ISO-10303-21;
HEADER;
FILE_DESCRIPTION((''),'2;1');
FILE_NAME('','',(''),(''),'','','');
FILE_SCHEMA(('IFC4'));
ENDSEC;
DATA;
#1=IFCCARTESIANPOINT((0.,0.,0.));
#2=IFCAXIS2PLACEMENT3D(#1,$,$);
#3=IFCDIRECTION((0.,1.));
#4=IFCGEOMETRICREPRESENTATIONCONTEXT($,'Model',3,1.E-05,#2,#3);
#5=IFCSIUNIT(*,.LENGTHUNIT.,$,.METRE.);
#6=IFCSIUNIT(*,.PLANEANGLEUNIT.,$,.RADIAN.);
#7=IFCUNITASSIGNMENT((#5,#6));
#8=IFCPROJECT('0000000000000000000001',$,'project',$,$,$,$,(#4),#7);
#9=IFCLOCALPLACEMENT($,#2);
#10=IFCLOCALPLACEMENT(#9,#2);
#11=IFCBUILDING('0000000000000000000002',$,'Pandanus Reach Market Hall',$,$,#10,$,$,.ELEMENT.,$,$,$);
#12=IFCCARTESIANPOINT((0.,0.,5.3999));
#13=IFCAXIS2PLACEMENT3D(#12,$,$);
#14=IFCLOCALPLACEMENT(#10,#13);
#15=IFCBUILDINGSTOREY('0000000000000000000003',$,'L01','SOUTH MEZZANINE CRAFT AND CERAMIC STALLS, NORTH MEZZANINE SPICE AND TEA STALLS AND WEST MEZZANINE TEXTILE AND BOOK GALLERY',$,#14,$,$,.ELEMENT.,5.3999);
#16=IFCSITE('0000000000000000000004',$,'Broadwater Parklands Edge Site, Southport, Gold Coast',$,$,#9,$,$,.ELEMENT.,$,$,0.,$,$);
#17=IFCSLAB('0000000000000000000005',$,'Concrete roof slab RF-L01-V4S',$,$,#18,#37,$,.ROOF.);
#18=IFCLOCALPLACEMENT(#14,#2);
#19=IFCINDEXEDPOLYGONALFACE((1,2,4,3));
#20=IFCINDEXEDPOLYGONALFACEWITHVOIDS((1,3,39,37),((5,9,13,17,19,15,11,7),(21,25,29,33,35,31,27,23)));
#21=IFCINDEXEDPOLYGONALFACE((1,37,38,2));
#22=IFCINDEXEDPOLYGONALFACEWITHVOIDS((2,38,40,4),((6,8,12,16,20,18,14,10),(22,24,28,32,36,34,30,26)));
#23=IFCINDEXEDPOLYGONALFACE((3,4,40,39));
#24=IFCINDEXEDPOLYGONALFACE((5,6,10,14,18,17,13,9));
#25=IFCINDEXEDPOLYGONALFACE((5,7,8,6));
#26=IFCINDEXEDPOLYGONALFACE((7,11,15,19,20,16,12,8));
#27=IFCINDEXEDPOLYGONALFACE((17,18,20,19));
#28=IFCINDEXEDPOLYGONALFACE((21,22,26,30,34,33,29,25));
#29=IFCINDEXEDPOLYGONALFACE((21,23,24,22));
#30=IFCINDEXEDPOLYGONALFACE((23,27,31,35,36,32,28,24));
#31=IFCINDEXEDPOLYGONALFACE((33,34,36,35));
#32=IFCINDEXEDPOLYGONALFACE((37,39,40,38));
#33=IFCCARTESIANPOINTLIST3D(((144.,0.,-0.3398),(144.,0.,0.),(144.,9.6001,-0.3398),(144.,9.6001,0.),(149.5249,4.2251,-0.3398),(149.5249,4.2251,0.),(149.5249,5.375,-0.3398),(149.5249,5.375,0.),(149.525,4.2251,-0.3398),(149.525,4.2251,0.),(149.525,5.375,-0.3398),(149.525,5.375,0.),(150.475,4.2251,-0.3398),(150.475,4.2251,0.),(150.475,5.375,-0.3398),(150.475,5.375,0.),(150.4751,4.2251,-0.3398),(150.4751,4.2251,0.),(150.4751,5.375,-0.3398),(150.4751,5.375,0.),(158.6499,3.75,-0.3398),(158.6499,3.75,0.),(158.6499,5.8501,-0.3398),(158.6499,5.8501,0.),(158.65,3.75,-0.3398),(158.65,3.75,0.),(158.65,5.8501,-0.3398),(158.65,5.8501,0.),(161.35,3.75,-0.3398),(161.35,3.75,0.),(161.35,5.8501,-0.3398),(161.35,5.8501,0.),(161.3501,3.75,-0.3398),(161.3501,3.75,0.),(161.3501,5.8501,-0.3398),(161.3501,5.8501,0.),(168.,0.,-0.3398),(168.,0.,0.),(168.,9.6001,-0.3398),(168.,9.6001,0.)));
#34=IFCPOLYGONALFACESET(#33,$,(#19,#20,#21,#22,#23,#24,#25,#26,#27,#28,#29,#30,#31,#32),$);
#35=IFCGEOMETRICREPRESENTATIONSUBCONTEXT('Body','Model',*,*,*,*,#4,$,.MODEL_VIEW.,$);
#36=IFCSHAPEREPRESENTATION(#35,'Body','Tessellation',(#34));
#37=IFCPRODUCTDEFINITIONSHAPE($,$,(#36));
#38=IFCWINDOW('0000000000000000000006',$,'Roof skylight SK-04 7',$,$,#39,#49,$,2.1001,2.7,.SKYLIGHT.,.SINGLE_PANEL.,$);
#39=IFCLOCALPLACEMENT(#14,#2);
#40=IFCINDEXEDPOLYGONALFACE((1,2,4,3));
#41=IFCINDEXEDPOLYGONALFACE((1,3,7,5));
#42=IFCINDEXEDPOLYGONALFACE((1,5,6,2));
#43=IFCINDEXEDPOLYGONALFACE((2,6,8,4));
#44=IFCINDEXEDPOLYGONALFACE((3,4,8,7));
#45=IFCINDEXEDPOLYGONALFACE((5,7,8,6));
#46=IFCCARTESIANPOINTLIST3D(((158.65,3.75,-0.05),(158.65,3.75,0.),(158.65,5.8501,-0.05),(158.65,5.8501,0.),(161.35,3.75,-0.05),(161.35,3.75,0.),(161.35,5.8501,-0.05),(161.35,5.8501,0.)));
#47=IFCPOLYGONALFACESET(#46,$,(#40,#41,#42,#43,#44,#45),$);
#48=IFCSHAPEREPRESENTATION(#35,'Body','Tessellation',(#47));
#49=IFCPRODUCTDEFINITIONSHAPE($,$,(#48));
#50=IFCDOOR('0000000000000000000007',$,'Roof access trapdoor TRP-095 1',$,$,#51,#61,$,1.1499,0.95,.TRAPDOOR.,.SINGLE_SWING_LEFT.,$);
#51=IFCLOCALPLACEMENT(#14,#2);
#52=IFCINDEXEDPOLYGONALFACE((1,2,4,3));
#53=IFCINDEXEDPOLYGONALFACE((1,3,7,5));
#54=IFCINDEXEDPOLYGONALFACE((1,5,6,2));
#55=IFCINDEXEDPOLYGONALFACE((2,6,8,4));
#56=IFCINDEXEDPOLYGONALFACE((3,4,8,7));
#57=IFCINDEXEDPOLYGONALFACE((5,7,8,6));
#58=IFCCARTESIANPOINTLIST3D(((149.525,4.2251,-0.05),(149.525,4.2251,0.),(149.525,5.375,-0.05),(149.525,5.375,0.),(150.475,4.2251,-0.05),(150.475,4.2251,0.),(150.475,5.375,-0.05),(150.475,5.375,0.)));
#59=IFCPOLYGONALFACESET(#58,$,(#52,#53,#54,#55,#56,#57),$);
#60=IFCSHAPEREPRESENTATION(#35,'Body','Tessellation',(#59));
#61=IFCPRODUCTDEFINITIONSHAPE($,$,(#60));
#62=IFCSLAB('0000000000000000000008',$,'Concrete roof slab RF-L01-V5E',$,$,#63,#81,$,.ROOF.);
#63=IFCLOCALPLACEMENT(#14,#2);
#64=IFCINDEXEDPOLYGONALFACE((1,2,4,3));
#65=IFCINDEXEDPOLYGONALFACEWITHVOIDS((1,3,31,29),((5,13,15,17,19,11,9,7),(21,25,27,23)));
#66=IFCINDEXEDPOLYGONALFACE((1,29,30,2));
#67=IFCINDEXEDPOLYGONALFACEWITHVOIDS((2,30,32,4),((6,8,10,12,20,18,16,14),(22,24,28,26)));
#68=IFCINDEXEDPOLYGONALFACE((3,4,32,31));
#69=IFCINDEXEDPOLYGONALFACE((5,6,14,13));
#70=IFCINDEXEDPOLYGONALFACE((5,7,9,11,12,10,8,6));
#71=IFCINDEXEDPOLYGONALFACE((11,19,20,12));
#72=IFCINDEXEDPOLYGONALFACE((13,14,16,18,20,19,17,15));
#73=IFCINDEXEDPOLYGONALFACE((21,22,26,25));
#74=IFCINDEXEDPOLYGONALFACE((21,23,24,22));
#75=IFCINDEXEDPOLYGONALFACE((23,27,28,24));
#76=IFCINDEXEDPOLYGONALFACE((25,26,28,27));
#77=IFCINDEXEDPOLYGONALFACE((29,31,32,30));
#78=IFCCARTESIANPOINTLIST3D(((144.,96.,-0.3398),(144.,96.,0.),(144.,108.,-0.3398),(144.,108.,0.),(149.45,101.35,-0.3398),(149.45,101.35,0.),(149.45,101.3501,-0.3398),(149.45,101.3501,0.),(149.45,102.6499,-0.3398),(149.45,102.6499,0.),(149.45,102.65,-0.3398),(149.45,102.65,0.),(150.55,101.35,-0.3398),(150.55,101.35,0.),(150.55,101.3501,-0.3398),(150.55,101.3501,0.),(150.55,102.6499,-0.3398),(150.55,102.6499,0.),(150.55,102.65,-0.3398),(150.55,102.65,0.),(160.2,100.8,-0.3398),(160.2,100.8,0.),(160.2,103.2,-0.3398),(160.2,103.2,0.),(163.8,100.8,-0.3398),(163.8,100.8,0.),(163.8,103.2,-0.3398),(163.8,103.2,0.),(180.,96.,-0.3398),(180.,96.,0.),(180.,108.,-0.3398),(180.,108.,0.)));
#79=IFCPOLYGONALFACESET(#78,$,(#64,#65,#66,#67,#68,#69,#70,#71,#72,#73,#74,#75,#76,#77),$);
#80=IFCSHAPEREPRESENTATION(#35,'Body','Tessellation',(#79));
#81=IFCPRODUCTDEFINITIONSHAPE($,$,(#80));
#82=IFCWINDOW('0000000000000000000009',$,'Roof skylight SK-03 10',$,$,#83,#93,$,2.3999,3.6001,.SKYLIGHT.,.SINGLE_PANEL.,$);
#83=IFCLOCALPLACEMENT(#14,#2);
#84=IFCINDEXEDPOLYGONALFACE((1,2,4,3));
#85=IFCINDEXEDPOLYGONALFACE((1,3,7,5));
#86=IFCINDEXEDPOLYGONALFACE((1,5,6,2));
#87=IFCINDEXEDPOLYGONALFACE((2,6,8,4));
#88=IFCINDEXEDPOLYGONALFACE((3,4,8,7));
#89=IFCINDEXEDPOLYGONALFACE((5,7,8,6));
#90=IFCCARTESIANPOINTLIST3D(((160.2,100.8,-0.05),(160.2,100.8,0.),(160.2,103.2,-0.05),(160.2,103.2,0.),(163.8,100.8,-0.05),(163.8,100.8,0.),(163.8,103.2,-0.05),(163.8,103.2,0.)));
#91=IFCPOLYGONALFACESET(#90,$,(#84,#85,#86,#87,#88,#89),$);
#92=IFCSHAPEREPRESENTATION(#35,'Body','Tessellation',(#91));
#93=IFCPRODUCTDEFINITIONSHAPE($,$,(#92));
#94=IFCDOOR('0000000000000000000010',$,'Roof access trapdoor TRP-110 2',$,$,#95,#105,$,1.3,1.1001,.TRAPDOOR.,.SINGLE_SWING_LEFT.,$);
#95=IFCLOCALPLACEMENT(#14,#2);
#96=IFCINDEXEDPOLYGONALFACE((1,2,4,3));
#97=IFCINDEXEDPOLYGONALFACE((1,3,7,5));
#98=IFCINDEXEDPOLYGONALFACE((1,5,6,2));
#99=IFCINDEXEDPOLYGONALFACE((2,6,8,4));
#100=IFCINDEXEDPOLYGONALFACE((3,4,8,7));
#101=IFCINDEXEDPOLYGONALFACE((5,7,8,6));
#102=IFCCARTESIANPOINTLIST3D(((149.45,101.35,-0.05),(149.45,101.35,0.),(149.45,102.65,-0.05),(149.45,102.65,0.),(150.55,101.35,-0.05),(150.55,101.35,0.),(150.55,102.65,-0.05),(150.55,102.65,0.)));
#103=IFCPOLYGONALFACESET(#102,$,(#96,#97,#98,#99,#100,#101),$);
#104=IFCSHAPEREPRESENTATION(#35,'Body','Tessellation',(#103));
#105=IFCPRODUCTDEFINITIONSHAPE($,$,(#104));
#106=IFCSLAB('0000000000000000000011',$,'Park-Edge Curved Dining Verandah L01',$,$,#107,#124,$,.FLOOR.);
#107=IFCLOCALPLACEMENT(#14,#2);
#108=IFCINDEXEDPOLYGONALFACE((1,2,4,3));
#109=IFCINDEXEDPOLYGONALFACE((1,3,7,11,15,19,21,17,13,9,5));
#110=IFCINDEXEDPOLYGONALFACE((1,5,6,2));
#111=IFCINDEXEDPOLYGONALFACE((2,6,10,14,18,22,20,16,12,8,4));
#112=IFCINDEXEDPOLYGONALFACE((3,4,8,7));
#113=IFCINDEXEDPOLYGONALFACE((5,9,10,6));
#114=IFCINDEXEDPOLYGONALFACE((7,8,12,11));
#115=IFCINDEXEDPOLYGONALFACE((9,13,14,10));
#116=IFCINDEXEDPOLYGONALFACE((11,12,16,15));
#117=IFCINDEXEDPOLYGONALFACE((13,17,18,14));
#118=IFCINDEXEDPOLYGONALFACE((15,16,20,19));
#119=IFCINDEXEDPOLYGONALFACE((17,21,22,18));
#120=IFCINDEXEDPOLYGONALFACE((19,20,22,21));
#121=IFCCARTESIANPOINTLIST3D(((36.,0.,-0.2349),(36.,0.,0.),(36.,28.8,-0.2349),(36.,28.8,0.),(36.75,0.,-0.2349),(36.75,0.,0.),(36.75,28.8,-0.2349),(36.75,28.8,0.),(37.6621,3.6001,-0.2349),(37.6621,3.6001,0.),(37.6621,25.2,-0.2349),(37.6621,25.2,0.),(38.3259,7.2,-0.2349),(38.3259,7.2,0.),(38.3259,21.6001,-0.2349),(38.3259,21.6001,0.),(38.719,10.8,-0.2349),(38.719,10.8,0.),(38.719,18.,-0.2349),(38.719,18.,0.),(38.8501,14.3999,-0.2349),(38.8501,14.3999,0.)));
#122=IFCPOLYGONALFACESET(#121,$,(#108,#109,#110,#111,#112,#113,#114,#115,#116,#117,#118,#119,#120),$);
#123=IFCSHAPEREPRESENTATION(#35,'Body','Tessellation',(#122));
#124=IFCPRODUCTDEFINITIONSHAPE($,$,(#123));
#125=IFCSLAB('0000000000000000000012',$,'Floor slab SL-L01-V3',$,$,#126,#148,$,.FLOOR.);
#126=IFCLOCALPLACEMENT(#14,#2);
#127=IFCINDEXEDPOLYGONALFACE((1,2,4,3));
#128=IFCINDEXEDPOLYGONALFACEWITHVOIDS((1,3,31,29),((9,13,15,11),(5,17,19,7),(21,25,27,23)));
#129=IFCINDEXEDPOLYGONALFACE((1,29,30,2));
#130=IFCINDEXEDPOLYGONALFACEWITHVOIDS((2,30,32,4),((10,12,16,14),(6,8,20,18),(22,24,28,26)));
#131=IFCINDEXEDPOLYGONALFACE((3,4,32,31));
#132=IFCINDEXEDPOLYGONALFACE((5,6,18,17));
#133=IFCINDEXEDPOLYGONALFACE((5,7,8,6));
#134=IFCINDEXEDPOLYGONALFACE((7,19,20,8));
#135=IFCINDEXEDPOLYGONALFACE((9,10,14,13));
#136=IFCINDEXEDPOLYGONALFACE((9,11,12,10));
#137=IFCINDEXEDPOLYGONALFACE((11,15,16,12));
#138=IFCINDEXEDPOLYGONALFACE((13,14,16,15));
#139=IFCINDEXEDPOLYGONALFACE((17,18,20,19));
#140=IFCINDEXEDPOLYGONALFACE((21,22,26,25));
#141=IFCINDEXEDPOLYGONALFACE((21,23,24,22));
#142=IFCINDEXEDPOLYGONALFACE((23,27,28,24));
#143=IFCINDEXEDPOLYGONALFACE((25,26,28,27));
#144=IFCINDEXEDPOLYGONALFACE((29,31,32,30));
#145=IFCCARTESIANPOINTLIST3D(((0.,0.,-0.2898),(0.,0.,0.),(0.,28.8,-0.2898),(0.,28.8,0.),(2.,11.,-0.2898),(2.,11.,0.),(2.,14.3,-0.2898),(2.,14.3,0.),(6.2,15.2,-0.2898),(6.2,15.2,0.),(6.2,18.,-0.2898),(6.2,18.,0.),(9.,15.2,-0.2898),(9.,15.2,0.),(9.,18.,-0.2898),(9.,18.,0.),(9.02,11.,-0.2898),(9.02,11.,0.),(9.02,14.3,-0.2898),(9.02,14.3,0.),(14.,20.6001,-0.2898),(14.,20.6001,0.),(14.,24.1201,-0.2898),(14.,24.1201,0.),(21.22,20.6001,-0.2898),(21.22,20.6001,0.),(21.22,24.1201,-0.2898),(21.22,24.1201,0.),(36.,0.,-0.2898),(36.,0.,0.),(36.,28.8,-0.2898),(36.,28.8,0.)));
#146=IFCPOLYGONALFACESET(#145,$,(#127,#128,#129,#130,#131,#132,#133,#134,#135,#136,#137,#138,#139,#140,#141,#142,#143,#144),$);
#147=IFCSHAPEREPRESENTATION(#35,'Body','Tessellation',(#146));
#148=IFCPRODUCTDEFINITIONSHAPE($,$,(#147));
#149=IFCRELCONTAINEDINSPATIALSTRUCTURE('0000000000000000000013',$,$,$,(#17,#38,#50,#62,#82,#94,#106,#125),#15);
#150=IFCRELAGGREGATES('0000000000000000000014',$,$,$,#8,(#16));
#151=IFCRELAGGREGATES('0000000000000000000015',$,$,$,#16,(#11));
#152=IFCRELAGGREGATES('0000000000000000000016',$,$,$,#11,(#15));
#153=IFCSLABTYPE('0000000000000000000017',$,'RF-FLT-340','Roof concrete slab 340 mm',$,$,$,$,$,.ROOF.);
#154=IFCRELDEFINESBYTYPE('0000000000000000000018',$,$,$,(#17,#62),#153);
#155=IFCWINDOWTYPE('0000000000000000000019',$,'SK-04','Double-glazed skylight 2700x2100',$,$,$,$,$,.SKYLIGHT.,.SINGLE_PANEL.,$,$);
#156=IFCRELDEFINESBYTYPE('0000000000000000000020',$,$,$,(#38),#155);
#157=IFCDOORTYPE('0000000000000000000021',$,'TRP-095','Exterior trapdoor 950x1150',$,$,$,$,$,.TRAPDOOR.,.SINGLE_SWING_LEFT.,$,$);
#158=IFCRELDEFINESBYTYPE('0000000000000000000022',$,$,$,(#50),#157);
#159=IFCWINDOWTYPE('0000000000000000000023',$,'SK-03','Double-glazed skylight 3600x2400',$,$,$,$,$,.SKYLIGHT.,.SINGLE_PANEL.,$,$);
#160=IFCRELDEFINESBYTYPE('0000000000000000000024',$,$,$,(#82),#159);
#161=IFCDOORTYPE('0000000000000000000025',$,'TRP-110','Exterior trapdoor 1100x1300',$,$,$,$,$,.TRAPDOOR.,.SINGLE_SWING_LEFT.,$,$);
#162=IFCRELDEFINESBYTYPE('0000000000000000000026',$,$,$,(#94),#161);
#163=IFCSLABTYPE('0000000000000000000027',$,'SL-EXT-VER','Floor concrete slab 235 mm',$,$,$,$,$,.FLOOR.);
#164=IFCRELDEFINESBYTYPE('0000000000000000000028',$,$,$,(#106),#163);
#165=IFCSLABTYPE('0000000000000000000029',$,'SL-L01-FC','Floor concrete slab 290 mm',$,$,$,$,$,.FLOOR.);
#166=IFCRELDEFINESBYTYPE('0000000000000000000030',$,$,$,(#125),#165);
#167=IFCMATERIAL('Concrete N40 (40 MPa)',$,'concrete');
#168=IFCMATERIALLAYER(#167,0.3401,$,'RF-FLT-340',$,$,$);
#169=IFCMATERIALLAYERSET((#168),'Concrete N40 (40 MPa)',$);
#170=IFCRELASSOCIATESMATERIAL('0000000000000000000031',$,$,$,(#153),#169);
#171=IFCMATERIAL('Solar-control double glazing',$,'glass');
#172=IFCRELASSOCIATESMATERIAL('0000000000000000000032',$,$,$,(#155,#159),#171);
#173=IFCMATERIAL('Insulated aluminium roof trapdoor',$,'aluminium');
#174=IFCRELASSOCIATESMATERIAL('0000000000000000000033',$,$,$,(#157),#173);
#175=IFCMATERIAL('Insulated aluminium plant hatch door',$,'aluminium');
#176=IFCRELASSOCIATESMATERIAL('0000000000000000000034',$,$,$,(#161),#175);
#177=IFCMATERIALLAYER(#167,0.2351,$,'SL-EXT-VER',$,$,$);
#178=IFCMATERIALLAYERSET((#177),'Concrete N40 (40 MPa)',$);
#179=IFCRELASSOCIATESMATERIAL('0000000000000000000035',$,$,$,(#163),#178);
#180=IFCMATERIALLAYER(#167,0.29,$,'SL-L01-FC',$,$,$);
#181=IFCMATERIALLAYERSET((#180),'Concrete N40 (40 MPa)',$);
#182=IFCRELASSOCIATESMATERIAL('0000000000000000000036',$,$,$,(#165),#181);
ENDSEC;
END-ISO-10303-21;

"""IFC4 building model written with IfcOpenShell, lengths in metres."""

from ifc_helpers import new_model, si_unit, direction, frame, origin, origin_2d, place, context, subcontext, project, spatial, polyline, rectangle, outline, extrude, material, layer, layer_set, type_object, element, fill, save


model = new_model("IFC4")

# Units and contexts
model_context = context("Model", 3, precision=1e-05, world=origin(), true_north=direction((0.0, 1.0)))
body_context = subcontext(model_context, "Body", "Model", "MODEL_VIEW")
ifc_project = project(units=[si_unit("LENGTHUNIT", "METRE"), si_unit("PLANEANGLEUNIT", "RADIAN")], contexts=[model_context])

# Site, building, storey
site_placement = place(None, origin())
site = spatial("IfcSite", under=ifc_project, at=site_placement, Name="Broadwater Parklands Edge Site, Southport, Gold Coast", CompositionType="ELEMENT", RefElevation=0.0)
building_placement = place(site_placement, origin())
building = spatial("IfcBuilding", under=site, at=building_placement, Name="Pandanus Reach Market Hall", CompositionType="ELEMENT")
storey_placement = place(building_placement, frame((0.0, 0.0, 5.3999)))
storey = spatial("IfcBuildingStorey", under=building, at=storey_placement, Name="L01", Description="SOUTH MEZZANINE CRAFT AND CERAMIC STALLS, NORTH MEZZANINE SPICE AND TEA STALLS AND WEST MEZZANINE TEXTILE AND BOOK GALLERY", CompositionType="ELEMENT", Elevation=5.3999)

# Slabs, openings, windows, doors
ifc_material_1 = material(Name="Concrete N40 (40 MPa)", Category="concrete")
ifc_layer_1 = layer(ifc_material_1, 0.3401, Name="RF-FLT-340")
ifc_layer_set_1 = layer_set([ifc_layer_1], Name="Concrete N40 (40 MPa)")
slab_type_1 = type_object("IfcSlabType", Name="RF-FLT-340", Description="Roof concrete slab 340 mm", PredefinedType="ROOF", material=ifc_layer_set_1)
slab_1_placement = place(storey_placement, frame((0.0, 0.0, -0.3398)))
slab_1 = element("IfcSlab", 1, at=slab_1_placement, inside=storey, type_object=slab_type_1, Name="Concrete roof slab RF-L01-V4S", PredefinedType="ROOF", context=body_context, shape_type="SweptSolid", body=[
    extrude(outline(polyline([(144.0, 0.0), (168.0, 0.0), (168.0, 9.6001), (144.0, 9.6001), (144.0, 0.0)]), holes=[polyline([(158.6499, 3.75), (161.3501, 3.75), (161.3501, 5.8501), (158.6499, 5.8501), (158.6499, 3.75)]), polyline([(149.5249, 4.2251), (150.4751, 4.2251), (150.4751, 5.375), (149.5249, 5.375), (149.5249, 4.2251)])]), origin(), (0.0, 0.0, 1.0), 0.3398),
])
opening_1_placement = place(slab_1_placement, frame((160.0, 4.8, -0.0149)))
opening_1 = element("IfcOpeningElement", 2, at=opening_1_placement, cuts=slab_1, PredefinedType="OPENING", context=body_context, shape_type="SweptSolid", body=[
    extrude(rectangle(XDim=2.7, YDim=2.1001, at=origin_2d()), origin(), (0.0, 0.0, 1.0), 0.3699),
])
opening_2_placement = place(slab_1_placement, frame((150.0, 4.8, -0.0149)))
opening_2 = element("IfcOpeningElement", 3, at=opening_2_placement, cuts=slab_1, PredefinedType="OPENING", context=body_context, shape_type="SweptSolid", body=[
    extrude(rectangle(XDim=0.95, YDim=1.1499, at=origin_2d()), origin(), (0.0, 0.0, 1.0), 0.3699),
])
ifc_material_2 = material(Name="Solar-control double glazing", Category="glass")
window_type_1 = type_object("IfcWindowType", Name="SK-04", Description="Double-glazed skylight 2700x2100", PartitioningType="SINGLE_PANEL", PredefinedType="SKYLIGHT", material=ifc_material_2)
window_1_placement = place(slab_1_placement, frame((160.0, 4.8, 0.2898)))
window_1 = element("IfcWindow", 4, at=window_1_placement, inside=storey, type_object=window_type_1, Name="Roof skylight SK-04 7", OverallHeight=2.1001, OverallWidth=2.7, PartitioningType="SINGLE_PANEL", PredefinedType="SKYLIGHT", context=body_context, shape_type="SweptSolid", body=[
    extrude(rectangle(XDim=2.7, YDim=2.1001, at=origin_2d()), origin(), (0.0, 0.0, 1.0), 0.05),
])
fill(opening_1, window_1)
ifc_material_3 = material(Name="Insulated aluminium roof trapdoor", Category="aluminium")
door_type_1 = type_object("IfcDoorType", Name="TRP-095", Description="Exterior trapdoor 950x1150", OperationType="SINGLE_SWING_LEFT", PredefinedType="TRAPDOOR", material=ifc_material_3)
door_1_placement = place(slab_1_placement, frame((150.0, 4.8, 0.2898)))
door_1 = element("IfcDoor", 5, at=door_1_placement, inside=storey, type_object=door_type_1, Name="Roof access trapdoor TRP-095 1", OperationType="SINGLE_SWING_LEFT", OverallHeight=1.1499, OverallWidth=0.95, PredefinedType="TRAPDOOR", context=body_context, shape_type="SweptSolid", body=[
    extrude(rectangle(XDim=0.95, YDim=1.1499, at=origin_2d()), origin(), (0.0, 0.0, 1.0), 0.05),
])
fill(opening_2, door_1)
slab_2_placement = place(storey_placement, frame((0.0, 0.0, -0.3398)))
slab_2 = element("IfcSlab", 6, at=slab_2_placement, inside=storey, type_object=slab_type_1, Name="Concrete roof slab RF-L01-V5E", PredefinedType="ROOF", context=body_context, shape_type="SweptSolid", body=[
    extrude(outline(polyline([(144.0, 96.0), (180.0, 96.0), (180.0, 108.0), (144.0, 108.0), (144.0, 96.0)]), holes=[polyline([(160.2, 100.8), (163.8, 100.8), (163.8, 103.2), (160.2, 103.2), (160.2, 100.8)]), polyline([(149.45, 101.3501), (150.55, 101.3501), (150.55, 102.6499), (149.45, 102.6499), (149.45, 101.3501)])]), origin(), (0.0, 0.0, 1.0), 0.3398),
])
opening_3_placement = place(slab_2_placement, frame((162.0, 102.0, -0.0149)))
opening_3 = element("IfcOpeningElement", 7, at=opening_3_placement, cuts=slab_2, PredefinedType="OPENING", context=body_context, shape_type="SweptSolid", body=[
    extrude(rectangle(XDim=3.6001, YDim=2.3999, at=origin_2d()), origin(), (0.0, 0.0, 1.0), 0.3699),
])
opening_4_placement = place(slab_2_placement, frame((150.0, 102.0, -0.0149)))
opening_4 = element("IfcOpeningElement", 8, at=opening_4_placement, cuts=slab_2, PredefinedType="OPENING", context=body_context, shape_type="SweptSolid", body=[
    extrude(rectangle(XDim=1.1001, YDim=1.3, at=origin_2d()), origin(), (0.0, 0.0, 1.0), 0.3699),
])
window_type_2 = type_object("IfcWindowType", Name="SK-03", Description="Double-glazed skylight 3600x2400", PartitioningType="SINGLE_PANEL", PredefinedType="SKYLIGHT", material=ifc_material_2)
window_2_placement = place(slab_2_placement, frame((162.0, 102.0, 0.2898)))
window_2 = element("IfcWindow", 9, at=window_2_placement, inside=storey, type_object=window_type_2, Name="Roof skylight SK-03 10", OverallHeight=2.3999, OverallWidth=3.6001, PartitioningType="SINGLE_PANEL", PredefinedType="SKYLIGHT", context=body_context, shape_type="SweptSolid", body=[
    extrude(rectangle(XDim=3.6001, YDim=2.3999, at=origin_2d()), origin(), (0.0, 0.0, 1.0), 0.05),
])
fill(opening_3, window_2)
ifc_material_4 = material(Name="Insulated aluminium plant hatch door", Category="aluminium")
door_type_2 = type_object("IfcDoorType", Name="TRP-110", Description="Exterior trapdoor 1100x1300", OperationType="SINGLE_SWING_LEFT", PredefinedType="TRAPDOOR", material=ifc_material_4)
door_2_placement = place(slab_2_placement, frame((150.0, 102.0, 0.2898)))
door_2 = element("IfcDoor", 10, at=door_2_placement, inside=storey, type_object=door_type_2, Name="Roof access trapdoor TRP-110 2", OperationType="SINGLE_SWING_LEFT", OverallHeight=1.3, OverallWidth=1.1001, PredefinedType="TRAPDOOR", context=body_context, shape_type="SweptSolid", body=[
    extrude(rectangle(XDim=1.1001, YDim=1.3, at=origin_2d()), origin(), (0.0, 0.0, 1.0), 0.05),
])
fill(opening_4, door_2)

# Slabs
ifc_layer_2 = layer(ifc_material_1, 0.2351, Name="SL-EXT-VER")
ifc_layer_set_2 = layer_set([ifc_layer_2], Name="Concrete N40 (40 MPa)")
slab_type_2 = type_object("IfcSlabType", Name="SL-EXT-VER", Description="Floor concrete slab 235 mm", PredefinedType="FLOOR", material=ifc_layer_set_2)
slab_3_placement = place(storey_placement, frame((0.0, 0.0, -0.2349)))
element("IfcSlab", 11, at=slab_3_placement, inside=storey, type_object=slab_type_2, Name="Park-Edge Curved Dining Verandah L01", PredefinedType="FLOOR", context=body_context, shape_type="SweptSolid", body=[
    extrude(outline(polyline([(36.0, 0.0), (36.75, 0.0), (37.6621, 3.6001), (38.3259, 7.2), (38.719, 10.8), (38.8501, 14.3999), (38.719, 18.0), (38.3259, 21.6001), (37.6621, 25.2), (36.75, 28.8), (36.0, 28.8), (36.0, 0.0)])), origin(), (0.0, 0.0, 1.0), 0.2349),
])
ifc_layer_3 = layer(ifc_material_1, 0.29, Name="SL-L01-FC")
ifc_layer_set_3 = layer_set([ifc_layer_3], Name="Concrete N40 (40 MPa)")
slab_type_3 = type_object("IfcSlabType", Name="SL-L01-FC", Description="Floor concrete slab 290 mm", PredefinedType="FLOOR", material=ifc_layer_set_3)
slab_4_placement = place(storey_placement, frame((0.0, 0.0, -0.2898)))
element("IfcSlab", 12, at=slab_4_placement, inside=storey, type_object=slab_type_3, Name="Floor slab SL-L01-V3", PredefinedType="FLOOR", context=body_context, shape_type="SweptSolid", body=[
    extrude(outline(polyline([(0.0, 0.0), (36.0, 0.0), (36.0, 28.8), (0.0, 28.8), (0.0, 0.0)]), holes=[polyline([(2.0, 11.0), (9.02, 11.0), (9.02, 14.3), (2.0, 14.3), (2.0, 11.0)]), polyline([(6.2, 15.2), (9.0, 15.2), (9.0, 18.0), (6.2, 18.0), (6.2, 15.2)]), polyline([(14.0, 20.6001), (21.22, 20.6001), (21.22, 24.1201), (14.0, 24.1201), (14.0, 20.6001)])]), origin(), (0.0, 0.0, 1.0), 0.2898),
])

save(model, "model.ifc")
